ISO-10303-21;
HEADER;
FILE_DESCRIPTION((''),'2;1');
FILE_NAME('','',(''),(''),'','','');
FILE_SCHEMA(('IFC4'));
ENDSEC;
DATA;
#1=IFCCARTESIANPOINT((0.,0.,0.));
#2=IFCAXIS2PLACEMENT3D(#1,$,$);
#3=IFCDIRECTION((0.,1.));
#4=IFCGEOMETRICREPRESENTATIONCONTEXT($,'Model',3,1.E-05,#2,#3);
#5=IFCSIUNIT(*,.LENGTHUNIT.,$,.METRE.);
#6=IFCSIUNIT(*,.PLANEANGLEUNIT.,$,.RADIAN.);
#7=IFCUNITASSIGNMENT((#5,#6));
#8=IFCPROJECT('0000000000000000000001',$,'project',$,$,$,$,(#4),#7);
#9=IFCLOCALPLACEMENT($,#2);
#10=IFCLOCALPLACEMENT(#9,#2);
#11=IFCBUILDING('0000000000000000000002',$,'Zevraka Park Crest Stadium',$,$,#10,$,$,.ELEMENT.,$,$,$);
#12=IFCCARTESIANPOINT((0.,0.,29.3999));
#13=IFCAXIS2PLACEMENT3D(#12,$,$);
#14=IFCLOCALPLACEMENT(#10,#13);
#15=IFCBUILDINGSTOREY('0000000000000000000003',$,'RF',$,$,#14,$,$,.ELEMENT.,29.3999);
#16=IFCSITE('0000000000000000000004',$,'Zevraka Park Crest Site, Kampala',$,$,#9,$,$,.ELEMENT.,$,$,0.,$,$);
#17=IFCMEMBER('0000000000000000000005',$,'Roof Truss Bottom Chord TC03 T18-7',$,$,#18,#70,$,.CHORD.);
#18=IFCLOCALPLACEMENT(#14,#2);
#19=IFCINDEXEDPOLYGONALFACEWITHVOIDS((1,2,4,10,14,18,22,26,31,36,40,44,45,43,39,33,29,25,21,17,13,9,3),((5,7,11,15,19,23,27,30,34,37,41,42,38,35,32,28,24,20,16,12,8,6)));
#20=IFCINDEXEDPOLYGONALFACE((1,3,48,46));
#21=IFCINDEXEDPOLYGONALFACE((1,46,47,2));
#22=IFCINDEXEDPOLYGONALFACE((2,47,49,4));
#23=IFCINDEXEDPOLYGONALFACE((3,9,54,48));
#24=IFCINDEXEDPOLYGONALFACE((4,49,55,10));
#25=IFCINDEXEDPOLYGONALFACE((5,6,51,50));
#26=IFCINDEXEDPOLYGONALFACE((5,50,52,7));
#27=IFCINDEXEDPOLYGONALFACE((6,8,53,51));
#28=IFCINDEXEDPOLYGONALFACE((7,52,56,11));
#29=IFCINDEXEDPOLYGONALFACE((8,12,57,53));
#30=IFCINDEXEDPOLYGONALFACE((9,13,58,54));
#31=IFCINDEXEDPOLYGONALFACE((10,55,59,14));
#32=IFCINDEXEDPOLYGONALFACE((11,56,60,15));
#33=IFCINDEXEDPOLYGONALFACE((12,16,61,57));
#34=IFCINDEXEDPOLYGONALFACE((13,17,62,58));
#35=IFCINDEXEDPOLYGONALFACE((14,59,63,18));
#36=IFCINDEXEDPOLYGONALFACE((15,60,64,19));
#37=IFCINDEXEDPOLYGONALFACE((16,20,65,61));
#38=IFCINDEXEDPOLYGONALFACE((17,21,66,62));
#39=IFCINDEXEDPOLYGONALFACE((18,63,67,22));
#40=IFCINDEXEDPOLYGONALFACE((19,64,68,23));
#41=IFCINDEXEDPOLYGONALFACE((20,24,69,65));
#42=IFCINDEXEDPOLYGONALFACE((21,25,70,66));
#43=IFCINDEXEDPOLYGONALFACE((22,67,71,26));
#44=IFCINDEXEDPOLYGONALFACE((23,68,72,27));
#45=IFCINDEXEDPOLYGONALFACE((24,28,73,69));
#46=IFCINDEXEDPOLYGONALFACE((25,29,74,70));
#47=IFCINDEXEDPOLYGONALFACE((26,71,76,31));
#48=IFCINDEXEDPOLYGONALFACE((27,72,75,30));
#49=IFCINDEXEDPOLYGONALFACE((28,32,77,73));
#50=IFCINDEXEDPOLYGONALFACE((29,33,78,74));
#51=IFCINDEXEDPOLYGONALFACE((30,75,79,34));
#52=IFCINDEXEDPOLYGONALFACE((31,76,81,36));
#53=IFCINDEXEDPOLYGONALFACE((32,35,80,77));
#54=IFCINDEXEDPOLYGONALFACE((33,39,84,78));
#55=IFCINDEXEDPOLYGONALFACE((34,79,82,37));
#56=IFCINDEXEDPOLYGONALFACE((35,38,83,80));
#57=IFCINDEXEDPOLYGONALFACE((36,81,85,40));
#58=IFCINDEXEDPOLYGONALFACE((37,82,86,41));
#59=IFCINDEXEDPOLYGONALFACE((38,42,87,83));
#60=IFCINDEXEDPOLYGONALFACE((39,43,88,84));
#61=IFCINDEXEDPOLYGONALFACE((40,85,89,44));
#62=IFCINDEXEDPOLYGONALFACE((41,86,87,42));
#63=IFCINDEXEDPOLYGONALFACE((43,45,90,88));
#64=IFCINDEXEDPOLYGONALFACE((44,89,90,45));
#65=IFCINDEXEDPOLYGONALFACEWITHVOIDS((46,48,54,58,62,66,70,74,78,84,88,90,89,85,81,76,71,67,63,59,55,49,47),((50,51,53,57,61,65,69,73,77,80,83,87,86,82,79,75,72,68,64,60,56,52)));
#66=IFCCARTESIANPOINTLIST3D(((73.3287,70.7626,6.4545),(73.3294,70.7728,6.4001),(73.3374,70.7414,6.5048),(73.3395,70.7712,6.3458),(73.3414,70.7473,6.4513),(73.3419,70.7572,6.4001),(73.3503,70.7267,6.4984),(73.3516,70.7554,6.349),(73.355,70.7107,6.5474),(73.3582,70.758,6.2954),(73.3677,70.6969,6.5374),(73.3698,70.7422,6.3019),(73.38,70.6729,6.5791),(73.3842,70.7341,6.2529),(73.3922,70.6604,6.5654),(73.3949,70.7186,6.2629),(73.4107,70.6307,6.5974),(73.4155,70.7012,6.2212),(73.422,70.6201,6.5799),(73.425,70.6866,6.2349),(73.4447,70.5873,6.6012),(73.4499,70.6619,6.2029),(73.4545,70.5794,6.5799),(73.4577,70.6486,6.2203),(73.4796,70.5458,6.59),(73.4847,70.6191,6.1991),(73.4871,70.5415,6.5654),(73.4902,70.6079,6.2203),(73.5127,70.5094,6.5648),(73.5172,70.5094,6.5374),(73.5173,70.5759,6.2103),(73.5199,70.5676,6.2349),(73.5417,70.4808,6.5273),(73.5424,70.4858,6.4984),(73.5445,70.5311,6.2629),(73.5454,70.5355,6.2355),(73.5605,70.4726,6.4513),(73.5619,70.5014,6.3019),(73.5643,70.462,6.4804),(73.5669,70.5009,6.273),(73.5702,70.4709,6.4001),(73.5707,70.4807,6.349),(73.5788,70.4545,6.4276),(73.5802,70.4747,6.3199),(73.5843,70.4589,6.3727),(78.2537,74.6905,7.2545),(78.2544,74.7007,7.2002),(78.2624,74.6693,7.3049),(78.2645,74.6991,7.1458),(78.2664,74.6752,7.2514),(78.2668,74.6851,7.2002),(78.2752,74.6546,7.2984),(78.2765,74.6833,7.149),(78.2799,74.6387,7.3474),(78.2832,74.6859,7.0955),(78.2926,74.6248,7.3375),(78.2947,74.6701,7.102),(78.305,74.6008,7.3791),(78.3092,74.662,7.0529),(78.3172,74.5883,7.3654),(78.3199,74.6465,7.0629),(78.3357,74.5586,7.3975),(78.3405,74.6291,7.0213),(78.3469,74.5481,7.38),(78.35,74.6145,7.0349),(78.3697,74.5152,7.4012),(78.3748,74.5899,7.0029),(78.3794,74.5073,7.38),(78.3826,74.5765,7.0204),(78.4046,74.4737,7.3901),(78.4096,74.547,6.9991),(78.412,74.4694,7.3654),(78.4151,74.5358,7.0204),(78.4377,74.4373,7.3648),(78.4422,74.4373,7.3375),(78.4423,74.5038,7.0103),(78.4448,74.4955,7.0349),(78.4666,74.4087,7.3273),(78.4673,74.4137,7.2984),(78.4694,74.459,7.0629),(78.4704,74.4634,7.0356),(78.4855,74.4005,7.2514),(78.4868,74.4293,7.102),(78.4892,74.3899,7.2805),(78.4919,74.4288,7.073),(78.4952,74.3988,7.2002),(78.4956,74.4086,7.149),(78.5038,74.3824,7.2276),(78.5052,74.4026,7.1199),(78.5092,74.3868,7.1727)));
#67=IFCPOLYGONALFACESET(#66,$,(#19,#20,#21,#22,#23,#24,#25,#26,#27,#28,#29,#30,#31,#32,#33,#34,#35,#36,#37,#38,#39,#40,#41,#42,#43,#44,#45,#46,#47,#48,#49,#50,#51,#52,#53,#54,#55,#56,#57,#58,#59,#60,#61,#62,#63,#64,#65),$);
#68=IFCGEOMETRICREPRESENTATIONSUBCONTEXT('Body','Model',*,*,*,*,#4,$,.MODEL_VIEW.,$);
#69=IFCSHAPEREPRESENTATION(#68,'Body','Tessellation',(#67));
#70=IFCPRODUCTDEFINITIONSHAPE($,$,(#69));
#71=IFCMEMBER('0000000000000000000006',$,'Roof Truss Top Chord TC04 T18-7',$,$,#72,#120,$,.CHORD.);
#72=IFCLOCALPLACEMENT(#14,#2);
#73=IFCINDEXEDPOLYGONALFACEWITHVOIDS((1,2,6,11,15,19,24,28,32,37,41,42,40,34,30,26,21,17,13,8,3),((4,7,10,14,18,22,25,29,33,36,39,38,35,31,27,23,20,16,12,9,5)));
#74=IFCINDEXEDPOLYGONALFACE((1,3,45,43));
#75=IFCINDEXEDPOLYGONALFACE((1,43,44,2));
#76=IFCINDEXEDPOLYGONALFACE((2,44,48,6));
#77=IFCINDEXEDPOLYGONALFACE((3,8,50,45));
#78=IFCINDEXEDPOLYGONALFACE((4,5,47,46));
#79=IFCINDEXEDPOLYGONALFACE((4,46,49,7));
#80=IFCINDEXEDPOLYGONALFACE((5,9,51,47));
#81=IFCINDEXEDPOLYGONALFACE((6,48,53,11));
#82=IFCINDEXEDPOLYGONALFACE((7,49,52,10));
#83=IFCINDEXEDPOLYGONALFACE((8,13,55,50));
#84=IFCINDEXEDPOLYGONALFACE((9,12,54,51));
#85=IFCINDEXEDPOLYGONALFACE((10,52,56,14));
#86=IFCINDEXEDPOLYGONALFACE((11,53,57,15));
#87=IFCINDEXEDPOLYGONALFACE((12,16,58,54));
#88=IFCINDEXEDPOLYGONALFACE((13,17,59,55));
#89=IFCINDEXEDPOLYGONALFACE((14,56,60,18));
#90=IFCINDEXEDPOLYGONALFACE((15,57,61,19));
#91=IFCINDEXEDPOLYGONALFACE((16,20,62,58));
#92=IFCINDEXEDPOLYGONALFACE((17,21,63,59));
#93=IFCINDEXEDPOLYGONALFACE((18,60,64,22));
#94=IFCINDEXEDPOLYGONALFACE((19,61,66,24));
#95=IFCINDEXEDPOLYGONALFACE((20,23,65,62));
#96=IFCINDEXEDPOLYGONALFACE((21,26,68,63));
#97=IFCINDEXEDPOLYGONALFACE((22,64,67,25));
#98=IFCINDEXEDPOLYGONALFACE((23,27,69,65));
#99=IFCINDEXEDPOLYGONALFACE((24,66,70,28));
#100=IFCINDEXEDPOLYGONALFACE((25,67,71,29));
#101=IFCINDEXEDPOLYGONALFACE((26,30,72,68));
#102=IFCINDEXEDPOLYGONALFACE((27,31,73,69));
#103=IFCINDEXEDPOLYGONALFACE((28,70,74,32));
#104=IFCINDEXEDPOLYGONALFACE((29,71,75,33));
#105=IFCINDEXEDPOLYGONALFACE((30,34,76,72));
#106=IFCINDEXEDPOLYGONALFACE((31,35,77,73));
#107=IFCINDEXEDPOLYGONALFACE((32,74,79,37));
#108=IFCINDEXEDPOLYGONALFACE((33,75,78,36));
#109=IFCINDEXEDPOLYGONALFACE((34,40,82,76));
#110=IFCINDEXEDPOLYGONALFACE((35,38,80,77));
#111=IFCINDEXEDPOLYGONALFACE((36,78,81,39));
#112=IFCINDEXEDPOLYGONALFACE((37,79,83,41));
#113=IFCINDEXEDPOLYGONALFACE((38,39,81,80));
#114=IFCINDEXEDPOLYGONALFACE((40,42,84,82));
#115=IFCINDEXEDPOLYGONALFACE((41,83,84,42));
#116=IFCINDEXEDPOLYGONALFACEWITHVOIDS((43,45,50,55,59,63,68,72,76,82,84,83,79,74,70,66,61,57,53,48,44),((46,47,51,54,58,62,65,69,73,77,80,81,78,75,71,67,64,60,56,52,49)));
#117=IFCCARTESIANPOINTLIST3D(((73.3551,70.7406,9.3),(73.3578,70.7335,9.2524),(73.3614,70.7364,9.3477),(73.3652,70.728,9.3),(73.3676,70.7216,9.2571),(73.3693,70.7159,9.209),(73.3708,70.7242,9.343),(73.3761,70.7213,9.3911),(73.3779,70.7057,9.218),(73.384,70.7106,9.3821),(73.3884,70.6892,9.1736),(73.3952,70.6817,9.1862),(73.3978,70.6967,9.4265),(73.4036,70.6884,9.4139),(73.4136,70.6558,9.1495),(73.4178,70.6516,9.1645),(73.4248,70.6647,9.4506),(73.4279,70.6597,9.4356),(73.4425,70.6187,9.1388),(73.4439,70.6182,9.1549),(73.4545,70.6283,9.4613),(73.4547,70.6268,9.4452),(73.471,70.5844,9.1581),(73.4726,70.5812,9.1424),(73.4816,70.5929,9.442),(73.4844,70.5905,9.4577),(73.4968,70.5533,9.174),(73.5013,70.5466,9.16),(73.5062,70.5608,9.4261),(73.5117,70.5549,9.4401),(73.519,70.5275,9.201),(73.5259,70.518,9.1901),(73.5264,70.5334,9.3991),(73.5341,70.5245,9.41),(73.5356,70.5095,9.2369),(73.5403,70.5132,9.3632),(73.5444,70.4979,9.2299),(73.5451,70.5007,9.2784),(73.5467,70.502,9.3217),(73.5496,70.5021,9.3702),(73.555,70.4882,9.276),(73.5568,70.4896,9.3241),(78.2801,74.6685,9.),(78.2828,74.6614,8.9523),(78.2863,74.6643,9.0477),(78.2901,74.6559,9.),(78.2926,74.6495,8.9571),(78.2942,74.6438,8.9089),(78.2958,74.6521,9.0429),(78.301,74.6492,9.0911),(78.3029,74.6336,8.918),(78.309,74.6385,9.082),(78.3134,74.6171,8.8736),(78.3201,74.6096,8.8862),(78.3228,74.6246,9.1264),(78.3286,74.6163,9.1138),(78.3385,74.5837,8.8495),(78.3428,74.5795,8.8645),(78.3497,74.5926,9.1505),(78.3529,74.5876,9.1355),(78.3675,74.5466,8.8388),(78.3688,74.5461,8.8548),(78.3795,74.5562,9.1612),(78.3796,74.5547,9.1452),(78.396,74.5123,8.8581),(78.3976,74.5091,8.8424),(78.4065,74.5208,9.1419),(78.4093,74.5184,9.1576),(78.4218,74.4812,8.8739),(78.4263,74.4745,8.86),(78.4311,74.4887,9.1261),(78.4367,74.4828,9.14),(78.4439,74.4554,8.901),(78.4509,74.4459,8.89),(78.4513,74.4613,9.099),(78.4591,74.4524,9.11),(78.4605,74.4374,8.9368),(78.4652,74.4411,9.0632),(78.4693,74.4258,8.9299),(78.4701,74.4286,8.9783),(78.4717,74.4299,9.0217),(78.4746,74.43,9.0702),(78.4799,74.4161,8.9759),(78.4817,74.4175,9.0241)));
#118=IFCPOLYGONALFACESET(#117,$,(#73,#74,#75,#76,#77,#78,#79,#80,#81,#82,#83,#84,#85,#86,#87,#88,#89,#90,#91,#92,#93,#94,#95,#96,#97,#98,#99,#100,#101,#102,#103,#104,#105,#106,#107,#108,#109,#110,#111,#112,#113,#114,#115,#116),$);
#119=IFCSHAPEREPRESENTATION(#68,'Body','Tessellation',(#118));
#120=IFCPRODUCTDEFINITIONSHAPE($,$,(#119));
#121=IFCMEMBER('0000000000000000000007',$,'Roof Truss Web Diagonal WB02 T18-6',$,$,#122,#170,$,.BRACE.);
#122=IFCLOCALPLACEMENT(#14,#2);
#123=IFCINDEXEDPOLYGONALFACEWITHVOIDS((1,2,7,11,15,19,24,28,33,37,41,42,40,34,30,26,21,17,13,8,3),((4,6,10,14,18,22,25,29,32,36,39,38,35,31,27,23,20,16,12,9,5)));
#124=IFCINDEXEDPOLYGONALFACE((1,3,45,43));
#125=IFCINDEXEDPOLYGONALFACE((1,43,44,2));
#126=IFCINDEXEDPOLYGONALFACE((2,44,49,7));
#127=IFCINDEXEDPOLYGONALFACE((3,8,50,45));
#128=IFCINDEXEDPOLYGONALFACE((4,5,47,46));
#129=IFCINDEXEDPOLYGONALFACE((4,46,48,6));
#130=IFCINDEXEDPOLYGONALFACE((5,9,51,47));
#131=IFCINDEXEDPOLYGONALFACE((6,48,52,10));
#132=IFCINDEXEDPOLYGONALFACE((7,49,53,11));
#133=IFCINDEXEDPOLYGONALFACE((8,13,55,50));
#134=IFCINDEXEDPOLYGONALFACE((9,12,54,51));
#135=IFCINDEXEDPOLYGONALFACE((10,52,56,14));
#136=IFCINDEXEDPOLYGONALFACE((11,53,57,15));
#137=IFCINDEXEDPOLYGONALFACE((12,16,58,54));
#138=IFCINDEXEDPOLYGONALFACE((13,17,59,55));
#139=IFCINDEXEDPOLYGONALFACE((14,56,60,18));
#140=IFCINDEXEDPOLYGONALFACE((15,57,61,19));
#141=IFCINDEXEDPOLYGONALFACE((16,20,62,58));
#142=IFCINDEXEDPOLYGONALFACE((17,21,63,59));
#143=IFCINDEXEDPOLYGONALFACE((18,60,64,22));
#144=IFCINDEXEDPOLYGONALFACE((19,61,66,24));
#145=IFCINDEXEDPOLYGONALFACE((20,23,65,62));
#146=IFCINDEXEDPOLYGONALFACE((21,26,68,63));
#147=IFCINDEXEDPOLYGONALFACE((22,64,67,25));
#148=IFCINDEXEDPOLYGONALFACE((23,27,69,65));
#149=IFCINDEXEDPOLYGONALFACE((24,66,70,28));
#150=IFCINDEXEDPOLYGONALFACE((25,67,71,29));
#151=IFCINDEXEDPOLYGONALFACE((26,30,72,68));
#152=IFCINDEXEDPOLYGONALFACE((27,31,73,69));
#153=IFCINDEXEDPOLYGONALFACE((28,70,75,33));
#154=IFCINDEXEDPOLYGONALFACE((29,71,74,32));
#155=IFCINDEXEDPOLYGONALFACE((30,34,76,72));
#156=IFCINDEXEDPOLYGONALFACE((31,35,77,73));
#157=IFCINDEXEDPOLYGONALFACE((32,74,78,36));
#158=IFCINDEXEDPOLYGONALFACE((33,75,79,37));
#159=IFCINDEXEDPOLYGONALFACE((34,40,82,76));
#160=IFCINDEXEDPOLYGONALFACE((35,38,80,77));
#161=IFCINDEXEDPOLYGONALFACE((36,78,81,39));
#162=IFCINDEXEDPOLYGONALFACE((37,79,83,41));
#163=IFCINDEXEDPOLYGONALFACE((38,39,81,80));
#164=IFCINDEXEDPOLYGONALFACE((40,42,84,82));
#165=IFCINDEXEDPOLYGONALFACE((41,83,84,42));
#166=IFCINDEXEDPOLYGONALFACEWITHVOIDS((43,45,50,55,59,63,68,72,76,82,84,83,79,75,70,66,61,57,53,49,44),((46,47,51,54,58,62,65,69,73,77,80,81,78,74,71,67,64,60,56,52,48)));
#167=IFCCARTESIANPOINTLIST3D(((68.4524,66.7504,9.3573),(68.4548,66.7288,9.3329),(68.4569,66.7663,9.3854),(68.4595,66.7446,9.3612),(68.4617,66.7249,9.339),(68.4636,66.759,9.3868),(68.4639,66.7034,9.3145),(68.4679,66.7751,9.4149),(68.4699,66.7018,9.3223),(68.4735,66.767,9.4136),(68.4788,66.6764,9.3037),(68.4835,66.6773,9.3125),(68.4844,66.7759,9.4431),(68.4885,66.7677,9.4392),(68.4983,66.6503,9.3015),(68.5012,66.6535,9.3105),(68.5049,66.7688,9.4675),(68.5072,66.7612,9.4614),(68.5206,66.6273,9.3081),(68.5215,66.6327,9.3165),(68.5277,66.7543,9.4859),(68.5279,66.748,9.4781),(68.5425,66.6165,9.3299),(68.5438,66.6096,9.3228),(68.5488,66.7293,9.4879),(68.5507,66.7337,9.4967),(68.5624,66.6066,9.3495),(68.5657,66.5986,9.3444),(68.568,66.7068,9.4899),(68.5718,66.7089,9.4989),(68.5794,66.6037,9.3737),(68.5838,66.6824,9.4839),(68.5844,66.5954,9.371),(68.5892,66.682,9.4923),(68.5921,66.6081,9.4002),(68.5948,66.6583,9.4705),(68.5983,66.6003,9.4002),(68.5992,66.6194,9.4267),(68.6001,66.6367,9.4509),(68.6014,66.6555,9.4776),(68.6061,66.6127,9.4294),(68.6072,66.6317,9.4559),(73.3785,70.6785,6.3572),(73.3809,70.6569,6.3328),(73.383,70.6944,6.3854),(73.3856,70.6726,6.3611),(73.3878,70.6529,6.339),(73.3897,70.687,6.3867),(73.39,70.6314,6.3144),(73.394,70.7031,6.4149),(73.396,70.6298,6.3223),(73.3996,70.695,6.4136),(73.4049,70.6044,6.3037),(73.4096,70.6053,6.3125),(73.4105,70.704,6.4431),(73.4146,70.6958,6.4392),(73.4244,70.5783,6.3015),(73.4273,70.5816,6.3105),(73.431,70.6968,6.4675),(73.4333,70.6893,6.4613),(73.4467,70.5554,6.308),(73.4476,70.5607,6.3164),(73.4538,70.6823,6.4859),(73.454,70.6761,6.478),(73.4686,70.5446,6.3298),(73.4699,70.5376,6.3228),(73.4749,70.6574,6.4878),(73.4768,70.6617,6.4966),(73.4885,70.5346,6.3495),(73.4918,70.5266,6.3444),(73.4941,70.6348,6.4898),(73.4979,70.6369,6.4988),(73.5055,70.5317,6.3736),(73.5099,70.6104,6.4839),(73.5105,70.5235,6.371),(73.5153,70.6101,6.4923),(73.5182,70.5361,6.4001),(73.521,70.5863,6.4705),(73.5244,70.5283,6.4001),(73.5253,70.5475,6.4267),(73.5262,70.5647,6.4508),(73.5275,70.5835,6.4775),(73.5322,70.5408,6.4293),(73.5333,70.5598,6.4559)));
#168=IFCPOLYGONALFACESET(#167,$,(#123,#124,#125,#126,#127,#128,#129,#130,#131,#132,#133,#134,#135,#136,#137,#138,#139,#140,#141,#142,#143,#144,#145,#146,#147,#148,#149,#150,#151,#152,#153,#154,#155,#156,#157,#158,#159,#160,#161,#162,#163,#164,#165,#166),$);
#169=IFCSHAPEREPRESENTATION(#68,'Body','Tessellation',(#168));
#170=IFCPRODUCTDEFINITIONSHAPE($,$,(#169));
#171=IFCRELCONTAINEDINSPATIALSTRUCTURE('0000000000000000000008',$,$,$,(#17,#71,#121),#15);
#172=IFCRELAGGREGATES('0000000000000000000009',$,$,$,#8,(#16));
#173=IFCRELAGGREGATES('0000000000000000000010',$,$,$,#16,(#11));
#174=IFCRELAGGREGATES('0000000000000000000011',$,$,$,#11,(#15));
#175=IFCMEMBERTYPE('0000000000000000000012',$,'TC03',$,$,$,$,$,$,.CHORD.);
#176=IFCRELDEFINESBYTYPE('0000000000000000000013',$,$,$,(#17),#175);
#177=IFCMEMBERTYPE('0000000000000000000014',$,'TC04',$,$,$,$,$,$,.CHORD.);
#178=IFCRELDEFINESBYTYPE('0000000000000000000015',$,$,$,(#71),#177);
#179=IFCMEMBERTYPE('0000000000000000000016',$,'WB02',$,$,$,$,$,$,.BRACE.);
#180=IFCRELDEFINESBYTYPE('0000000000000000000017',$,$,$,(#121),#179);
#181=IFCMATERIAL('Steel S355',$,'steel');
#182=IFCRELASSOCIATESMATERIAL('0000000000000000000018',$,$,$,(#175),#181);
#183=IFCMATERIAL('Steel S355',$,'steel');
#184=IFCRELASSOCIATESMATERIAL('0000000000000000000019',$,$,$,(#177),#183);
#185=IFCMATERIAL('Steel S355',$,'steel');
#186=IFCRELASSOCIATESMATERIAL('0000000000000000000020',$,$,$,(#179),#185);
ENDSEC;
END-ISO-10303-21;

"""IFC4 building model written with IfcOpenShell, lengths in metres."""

from ifc_helpers import new_model, si_unit, direction, frame, origin, origin_2d, place, context, subcontext, project, spatial, hollow_circle, extrude, material, material_profile, profile_set, type_object, element, save


model = new_model("IFC4")

# Units and contexts
model_context = context("Model", 3, precision=1e-05, world=origin(), true_north=direction((0.0, 1.0)))
body_context = subcontext(model_context, "Body", "Model", "MODEL_VIEW")
ifc_project = project(units=[si_unit("LENGTHUNIT", "METRE"), si_unit("PLANEANGLEUNIT", "RADIAN")], contexts=[model_context])

# Site, building, storey
site_placement = place(None, origin())
site = spatial("IfcSite", under=ifc_project, at=site_placement, Name="Zevraka Park Crest Site, Kampala", CompositionType="ELEMENT", RefElevation=0.0)
building_placement = place(site_placement, origin())
building = spatial("IfcBuilding", under=site, at=building_placement, Name="Zevraka Park Crest Stadium", CompositionType="ELEMENT")
storey_placement = place(building_placement, frame((0.0, 0.0, 29.3999)))
storey = spatial("IfcBuildingStorey", under=building, at=storey_placement, Name="RF", CompositionType="ELEMENT", Elevation=29.3999)

# Members
ifc_material_1 = material(Name="Steel S355", Category="steel")
ifc_material_profile_1 = material_profile(ifc_material_1, hollow_circle(Radius=0.2031, WallThickness=0.02, at=origin_2d()), Name="CHS 406.4x20")
ifc_profile_set_1 = profile_set([ifc_material_profile_1], Name="Steel S355")
member_type_1 = type_object("IfcMemberType", Name="TC03", PredefinedType="CHORD", material=ifc_profile_set_1)
member_1_placement = place(storey_placement, frame((73.4561, 70.614, 6.4001), z_axis=(0.775572, 0.618559, 0.125988), x_axis=(-0.623527, 0.781802, 0.0)))
element("IfcMember", 1, at=member_1_placement, inside=storey, type_object=member_type_1, Name="Roof Truss Bottom Chord TC03 T18-7", PredefinedType="CHORD", context=body_context, shape_type="SweptSolid", body=[
    extrude(hollow_circle(Radius=0.2031, WallThickness=0.02, at=origin_2d()), origin(), (0.0, 0.0, 1.0), 6.3501),
])
ifc_material_2 = material(Name="Steel S355", Category="steel")
ifc_material_profile_2 = material_profile(ifc_material_2, hollow_circle(Radius=0.1619, WallThickness=0.0161, at=origin_2d()), Name="CHS 323.9x16")
ifc_profile_set_2 = profile_set([ifc_material_profile_2], Name="Steel S355")
member_type_2 = type_object("IfcMemberType", Name="TC04", PredefinedType="CHORD", material=ifc_profile_set_2)
member_2_placement = place(storey_placement, frame((73.4561, 70.614, 9.3), z_axis=(0.780917, 0.622821, -0.047576), x_axis=(-0.623527, 0.781802, 0.0)))
element("IfcMember", 2, at=member_2_placement, inside=storey, type_object=member_type_2, Name="Roof Truss Top Chord TC04 T18-7", PredefinedType="CHORD", context=body_context, shape_type="SweptSolid", body=[
    extrude(hollow_circle(Radius=0.1619, WallThickness=0.0161, at=origin_2d()), origin(), (0.0, 0.0, 1.0), 6.3066),
])
ifc_material_3 = material(Name="Steel S355", Category="steel")
ifc_material_profile_3 = material_profile(ifc_material_3, hollow_circle(Radius=0.1096, WallThickness=0.01, at=origin_2d()), Name="CHS 219.1x10")
ifc_profile_set_3 = profile_set([ifc_material_profile_3], Name="Steel S355")
member_type_3 = type_object("IfcMemberType", Name="WB02", PredefinedType="BRACE", material=ifc_profile_set_3)
member_3_placement = place(storey_placement, frame((73.4561, 70.614, 6.4001), z_axis=(-0.70592, -0.562896, 0.429913), x_axis=(0.623451, -0.781862, 0.0)))
element("IfcMember", 3, at=member_3_placement, inside=storey, type_object=member_type_3, Name="Roof Truss Web Diagonal WB02 T18-6", PredefinedType="BRACE", context=body_context, shape_type="SweptSolid", body=[
    extrude(hollow_circle(Radius=0.1096, WallThickness=0.01, at=origin_2d()), origin(), (0.0, 0.0, 1.0), 6.9783),
])

save(model, "model.ifc")
